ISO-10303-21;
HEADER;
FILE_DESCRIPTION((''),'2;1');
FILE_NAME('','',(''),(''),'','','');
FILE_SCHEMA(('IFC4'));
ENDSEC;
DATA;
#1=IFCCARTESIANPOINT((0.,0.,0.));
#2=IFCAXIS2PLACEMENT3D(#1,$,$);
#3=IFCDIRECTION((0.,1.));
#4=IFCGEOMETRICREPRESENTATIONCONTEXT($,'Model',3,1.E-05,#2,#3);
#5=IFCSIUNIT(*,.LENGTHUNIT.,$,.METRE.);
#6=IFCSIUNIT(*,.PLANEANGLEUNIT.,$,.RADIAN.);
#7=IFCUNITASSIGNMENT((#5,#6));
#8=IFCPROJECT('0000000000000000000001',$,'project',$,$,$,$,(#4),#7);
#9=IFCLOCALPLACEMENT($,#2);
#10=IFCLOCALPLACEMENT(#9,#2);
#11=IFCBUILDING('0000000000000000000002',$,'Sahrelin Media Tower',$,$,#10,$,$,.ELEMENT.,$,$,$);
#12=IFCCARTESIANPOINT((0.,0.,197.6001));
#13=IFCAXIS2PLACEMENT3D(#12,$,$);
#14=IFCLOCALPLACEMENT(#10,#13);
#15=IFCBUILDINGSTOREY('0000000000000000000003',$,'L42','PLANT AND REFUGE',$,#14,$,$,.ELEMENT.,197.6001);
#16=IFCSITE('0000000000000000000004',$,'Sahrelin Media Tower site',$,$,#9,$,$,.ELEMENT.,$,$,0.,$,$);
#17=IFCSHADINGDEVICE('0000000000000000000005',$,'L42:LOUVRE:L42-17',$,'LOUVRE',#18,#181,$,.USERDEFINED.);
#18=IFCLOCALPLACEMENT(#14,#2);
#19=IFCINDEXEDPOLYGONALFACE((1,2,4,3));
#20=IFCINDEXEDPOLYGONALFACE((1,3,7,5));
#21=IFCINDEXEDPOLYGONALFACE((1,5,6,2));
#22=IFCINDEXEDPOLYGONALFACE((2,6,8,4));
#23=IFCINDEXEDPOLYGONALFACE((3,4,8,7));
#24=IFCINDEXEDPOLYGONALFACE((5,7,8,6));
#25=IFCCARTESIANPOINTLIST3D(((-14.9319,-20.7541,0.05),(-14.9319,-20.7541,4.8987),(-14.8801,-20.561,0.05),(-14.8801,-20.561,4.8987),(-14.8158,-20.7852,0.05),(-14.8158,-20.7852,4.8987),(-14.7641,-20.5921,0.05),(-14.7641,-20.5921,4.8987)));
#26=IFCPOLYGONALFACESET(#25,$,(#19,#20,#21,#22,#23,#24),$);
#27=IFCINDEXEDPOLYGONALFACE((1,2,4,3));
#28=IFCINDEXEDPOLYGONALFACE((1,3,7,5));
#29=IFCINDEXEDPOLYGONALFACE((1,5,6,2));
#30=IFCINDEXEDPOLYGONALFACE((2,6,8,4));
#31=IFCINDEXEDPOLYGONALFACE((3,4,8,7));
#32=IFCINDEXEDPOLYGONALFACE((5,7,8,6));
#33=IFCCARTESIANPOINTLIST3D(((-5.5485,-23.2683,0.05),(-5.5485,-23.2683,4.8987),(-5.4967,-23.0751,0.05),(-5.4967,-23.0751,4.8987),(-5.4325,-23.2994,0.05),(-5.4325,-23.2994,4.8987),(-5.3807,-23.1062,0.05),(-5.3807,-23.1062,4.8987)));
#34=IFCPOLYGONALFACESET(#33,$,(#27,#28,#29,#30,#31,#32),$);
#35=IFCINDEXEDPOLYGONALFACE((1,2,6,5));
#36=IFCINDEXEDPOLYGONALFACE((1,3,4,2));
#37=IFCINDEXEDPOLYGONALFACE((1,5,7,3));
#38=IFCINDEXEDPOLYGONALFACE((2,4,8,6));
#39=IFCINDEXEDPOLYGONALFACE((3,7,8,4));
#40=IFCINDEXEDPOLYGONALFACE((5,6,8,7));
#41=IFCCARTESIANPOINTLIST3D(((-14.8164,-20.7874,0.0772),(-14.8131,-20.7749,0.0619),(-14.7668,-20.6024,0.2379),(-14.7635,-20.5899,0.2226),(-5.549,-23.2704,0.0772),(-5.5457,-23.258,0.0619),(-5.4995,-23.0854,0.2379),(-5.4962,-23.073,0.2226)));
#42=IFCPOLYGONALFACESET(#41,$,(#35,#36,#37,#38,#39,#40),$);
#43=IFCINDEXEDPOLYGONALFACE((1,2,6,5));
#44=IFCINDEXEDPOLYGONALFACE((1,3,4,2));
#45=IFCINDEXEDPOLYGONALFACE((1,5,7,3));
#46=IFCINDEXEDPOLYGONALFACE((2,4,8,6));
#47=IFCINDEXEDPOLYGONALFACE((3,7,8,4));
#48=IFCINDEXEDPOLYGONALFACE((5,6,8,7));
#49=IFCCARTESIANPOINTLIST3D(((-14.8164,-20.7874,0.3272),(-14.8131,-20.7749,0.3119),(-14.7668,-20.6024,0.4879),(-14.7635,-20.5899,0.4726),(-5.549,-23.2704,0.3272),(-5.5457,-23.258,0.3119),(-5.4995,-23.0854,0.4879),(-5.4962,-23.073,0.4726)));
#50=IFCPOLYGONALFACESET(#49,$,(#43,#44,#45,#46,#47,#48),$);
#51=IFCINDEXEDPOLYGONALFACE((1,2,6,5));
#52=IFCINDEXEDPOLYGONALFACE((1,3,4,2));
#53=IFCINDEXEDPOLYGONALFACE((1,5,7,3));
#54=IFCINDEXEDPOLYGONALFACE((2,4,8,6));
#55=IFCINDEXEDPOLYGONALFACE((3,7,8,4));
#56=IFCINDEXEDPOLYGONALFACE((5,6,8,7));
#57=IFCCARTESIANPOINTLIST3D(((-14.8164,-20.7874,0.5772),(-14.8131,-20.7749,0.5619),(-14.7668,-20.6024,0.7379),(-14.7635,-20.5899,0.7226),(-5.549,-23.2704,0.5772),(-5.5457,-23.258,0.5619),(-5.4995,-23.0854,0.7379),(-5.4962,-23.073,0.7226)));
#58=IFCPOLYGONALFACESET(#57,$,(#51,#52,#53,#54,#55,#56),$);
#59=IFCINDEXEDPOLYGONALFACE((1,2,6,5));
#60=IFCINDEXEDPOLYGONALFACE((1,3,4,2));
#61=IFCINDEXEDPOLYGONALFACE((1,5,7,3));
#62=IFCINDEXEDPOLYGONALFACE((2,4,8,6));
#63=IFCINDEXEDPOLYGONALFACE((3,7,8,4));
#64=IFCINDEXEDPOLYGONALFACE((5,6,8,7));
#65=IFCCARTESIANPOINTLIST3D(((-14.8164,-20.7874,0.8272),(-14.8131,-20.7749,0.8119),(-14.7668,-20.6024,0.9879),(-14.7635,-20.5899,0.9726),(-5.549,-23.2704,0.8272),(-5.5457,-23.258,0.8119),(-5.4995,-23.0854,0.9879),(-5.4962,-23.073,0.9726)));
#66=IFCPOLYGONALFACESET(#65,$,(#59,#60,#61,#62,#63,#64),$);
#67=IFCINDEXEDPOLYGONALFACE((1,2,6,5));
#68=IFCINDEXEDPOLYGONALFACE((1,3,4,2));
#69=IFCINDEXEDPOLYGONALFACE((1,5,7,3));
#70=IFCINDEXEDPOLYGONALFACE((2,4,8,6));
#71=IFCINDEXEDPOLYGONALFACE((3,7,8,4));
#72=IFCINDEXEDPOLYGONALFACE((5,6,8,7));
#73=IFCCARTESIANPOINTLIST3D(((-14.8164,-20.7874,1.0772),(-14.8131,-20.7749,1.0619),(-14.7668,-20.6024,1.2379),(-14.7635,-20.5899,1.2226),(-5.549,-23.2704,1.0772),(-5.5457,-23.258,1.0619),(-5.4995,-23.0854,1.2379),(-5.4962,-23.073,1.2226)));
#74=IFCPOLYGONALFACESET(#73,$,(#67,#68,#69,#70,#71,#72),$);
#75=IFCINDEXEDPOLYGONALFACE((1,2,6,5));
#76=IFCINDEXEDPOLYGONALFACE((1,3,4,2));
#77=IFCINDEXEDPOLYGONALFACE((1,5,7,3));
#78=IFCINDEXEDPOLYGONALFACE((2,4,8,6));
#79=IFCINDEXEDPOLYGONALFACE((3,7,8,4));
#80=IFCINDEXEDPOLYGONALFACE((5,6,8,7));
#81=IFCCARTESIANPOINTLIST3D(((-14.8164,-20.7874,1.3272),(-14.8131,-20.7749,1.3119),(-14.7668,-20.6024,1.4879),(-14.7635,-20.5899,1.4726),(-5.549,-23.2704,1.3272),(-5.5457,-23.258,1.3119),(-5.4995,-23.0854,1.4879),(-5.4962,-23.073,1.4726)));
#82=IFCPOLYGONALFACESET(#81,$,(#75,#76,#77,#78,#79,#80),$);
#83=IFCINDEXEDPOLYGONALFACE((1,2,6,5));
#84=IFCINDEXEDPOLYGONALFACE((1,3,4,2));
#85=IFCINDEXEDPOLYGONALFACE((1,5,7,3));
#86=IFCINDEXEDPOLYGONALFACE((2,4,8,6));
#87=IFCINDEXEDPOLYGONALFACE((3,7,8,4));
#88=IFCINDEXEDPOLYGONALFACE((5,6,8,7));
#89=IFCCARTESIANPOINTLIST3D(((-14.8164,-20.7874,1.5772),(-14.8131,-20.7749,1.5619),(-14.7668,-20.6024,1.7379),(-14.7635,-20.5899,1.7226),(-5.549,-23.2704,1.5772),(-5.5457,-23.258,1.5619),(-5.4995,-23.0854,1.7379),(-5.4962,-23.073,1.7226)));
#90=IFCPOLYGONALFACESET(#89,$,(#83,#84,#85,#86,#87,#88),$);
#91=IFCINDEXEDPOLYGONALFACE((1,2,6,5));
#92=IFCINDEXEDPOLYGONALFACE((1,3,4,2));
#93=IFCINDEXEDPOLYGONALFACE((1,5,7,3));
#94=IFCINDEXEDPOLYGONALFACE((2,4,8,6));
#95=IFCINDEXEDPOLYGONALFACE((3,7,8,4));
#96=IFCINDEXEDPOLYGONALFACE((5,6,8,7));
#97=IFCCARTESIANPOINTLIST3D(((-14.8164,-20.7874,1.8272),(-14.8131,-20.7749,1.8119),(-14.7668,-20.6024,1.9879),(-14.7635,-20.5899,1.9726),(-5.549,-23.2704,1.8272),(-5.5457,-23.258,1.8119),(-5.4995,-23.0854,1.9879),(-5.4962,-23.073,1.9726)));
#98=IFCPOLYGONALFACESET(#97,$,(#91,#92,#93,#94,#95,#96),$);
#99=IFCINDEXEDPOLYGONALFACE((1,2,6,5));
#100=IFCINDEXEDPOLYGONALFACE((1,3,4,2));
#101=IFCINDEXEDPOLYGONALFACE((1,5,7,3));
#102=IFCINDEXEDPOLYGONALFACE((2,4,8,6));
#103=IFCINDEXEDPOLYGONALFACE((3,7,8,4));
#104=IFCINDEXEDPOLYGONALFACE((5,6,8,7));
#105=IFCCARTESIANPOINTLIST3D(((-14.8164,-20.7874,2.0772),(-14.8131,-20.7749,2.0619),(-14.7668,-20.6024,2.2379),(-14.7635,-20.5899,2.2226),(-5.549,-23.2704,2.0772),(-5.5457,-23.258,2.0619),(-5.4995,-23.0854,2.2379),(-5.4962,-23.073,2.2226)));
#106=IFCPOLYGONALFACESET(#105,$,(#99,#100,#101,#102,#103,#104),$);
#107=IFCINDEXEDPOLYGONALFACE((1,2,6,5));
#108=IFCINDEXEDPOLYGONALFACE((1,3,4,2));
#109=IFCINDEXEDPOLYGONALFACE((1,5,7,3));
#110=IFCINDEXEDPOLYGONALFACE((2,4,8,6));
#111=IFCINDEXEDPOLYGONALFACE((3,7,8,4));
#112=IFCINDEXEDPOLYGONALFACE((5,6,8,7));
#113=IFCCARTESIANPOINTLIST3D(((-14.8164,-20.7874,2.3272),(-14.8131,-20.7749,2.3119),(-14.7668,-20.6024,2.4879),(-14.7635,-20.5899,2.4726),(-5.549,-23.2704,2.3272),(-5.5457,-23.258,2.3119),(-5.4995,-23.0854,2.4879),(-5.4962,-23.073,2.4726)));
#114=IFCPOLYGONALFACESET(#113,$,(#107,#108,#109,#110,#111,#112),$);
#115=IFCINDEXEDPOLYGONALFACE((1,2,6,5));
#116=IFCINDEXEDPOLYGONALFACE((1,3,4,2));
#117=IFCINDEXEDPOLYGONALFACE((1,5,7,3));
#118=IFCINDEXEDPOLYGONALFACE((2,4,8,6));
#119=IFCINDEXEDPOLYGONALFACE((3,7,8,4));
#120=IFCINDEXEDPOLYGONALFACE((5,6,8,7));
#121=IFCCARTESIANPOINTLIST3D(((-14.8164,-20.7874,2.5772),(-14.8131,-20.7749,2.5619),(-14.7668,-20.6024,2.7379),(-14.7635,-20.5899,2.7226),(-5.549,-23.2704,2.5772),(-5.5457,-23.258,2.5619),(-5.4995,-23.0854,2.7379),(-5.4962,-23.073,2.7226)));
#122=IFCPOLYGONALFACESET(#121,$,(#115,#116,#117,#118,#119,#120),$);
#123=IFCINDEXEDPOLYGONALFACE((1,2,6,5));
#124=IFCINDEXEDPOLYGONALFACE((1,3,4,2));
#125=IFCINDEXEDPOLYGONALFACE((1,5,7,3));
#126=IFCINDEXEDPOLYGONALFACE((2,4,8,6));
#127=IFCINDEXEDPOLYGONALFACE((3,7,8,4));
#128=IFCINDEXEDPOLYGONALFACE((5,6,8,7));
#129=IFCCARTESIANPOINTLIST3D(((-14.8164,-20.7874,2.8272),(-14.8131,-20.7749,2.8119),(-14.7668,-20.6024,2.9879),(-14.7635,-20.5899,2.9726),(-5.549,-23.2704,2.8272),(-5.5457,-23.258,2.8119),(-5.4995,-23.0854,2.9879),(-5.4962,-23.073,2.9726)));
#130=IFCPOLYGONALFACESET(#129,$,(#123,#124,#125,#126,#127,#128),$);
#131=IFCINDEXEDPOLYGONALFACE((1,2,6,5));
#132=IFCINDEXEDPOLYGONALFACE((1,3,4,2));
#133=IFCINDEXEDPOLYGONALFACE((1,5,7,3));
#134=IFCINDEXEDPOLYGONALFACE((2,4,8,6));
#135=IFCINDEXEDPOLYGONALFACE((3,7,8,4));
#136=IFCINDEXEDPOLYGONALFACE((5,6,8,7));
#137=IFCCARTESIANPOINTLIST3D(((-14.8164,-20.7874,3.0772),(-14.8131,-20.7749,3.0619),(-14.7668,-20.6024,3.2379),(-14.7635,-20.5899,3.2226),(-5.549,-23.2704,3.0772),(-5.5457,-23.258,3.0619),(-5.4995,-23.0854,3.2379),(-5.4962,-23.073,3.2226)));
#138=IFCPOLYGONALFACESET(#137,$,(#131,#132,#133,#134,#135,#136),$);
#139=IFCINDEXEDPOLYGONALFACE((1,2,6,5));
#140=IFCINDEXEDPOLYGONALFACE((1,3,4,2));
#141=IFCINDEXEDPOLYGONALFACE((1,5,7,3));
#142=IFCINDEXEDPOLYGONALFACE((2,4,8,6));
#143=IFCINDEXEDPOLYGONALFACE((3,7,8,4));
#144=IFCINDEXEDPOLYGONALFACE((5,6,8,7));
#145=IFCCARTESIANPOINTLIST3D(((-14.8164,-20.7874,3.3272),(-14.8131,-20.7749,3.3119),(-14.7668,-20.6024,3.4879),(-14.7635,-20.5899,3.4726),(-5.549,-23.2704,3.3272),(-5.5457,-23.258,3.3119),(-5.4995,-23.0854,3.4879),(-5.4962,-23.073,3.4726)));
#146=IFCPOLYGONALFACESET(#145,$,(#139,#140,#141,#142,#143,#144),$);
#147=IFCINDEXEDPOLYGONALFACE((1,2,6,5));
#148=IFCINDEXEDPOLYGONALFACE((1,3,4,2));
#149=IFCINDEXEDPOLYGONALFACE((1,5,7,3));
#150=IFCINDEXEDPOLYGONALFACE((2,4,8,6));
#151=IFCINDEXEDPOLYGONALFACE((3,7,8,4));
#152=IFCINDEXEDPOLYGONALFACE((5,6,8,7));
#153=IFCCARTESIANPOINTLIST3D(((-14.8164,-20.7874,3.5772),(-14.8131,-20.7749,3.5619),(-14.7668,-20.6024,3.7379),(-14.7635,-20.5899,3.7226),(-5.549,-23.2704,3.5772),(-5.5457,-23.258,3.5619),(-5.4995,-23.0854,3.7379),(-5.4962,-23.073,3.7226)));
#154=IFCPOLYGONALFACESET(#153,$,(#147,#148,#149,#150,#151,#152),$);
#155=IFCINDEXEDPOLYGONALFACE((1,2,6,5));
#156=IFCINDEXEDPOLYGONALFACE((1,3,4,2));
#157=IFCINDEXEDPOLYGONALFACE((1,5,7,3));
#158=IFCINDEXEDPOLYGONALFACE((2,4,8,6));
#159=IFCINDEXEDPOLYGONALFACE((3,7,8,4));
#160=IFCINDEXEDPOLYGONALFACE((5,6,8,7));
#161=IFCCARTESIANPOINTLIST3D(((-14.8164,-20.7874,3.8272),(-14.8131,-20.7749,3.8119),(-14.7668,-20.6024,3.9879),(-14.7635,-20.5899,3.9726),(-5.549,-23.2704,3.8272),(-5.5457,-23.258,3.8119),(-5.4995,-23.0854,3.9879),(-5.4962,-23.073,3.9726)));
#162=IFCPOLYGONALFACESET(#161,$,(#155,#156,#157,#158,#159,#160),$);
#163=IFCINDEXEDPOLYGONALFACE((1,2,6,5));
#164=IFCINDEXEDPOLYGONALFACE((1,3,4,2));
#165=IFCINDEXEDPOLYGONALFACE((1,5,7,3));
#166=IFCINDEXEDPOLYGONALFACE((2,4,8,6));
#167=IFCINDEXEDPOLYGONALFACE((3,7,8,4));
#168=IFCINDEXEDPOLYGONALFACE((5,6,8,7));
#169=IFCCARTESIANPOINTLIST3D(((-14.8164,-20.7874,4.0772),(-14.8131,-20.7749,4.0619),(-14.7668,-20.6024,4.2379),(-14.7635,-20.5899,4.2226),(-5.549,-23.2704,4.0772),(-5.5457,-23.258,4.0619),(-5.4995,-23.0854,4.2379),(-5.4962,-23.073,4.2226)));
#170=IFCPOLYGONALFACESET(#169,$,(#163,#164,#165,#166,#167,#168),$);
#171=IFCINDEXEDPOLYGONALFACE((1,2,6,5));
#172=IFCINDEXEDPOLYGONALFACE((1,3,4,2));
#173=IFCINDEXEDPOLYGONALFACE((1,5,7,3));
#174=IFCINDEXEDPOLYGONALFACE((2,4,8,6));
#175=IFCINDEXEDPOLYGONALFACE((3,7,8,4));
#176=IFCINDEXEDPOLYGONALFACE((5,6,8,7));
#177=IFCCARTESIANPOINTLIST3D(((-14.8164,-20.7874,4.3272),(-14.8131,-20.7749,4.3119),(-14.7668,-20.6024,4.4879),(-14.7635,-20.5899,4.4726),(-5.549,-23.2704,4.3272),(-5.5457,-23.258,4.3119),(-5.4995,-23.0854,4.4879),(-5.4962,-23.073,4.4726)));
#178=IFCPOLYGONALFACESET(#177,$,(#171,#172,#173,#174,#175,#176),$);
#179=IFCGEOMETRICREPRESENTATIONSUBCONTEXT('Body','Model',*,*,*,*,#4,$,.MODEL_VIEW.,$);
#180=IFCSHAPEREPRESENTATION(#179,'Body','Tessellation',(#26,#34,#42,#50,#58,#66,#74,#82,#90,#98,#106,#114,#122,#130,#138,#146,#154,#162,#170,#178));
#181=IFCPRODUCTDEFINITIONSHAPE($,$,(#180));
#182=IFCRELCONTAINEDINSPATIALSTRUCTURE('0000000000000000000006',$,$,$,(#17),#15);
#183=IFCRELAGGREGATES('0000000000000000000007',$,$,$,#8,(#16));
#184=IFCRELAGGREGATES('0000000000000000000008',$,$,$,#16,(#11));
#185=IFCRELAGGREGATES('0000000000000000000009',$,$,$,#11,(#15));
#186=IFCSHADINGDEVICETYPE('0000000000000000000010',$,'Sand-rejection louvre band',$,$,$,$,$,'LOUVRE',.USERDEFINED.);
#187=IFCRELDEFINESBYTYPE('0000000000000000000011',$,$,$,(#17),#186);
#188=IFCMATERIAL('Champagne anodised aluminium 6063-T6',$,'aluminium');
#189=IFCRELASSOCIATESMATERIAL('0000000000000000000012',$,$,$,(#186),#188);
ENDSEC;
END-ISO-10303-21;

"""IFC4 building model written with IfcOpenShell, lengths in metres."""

from ifc_helpers import new_model, si_unit, direction, frame, origin, origin_2d, place, context, subcontext, project, spatial, rectangle, extrude, material, type_object, element, save


model = new_model("IFC4")

# Units and contexts
model_context = context("Model", 3, precision=1e-05, world=origin(), true_north=direction((0.0, 1.0)))
body_context = subcontext(model_context, "Body", "Model", "MODEL_VIEW")
ifc_project = project(units=[si_unit("LENGTHUNIT", "METRE"), si_unit("PLANEANGLEUNIT", "RADIAN")], contexts=[model_context])

# Site, building, storey
site_placement = place(None, origin())
site = spatial("IfcSite", under=ifc_project, at=site_placement, Name="Sahrelin Media Tower site", CompositionType="ELEMENT", RefElevation=0.0)
building_placement = place(site_placement, origin())
building = spatial("IfcBuilding", under=site, at=building_placement, Name="Sahrelin Media Tower", CompositionType="ELEMENT")
storey_placement = place(building_placement, frame((0.0, 0.0, 197.6001)))
storey = spatial("IfcBuildingStorey", under=building, at=storey_placement, Name="L42", Description="PLANT AND REFUGE", CompositionType="ELEMENT", Elevation=197.6001)

# Shading device
ifc_material_1 = material(Name="Champagne anodised aluminium 6063-T6", Category="aluminium")
shading_device_type = type_object("IfcShadingDeviceType", Name="Sand-rejection louvre band", ElementType="LOUVRE", PredefinedType="USERDEFINED", material=ifc_material_1)
shading_device_1_placement = place(storey_placement, frame((-10.1304, -21.8335, 0.0), z_axis=(0.0, 0.0, 1.0), x_axis=(-0.965929, 0.258808, 0.0)))
element("IfcShadingDevice", 1, at=shading_device_1_placement, inside=storey, type_object=shading_device_type, Name="L42:LOUVRE:L42-17", ObjectType="LOUVRE", PredefinedType="USERDEFINED", context=body_context, shape_type="SweptSolid", body=[
    extrude(rectangle(XDim=0.1201, YDim=0.2, at=origin_2d()), frame((4.8572, 0.1001, 0.05), z_axis=(0.0, 0.0, 1.0), x_axis=(1.0, 0.0, 0.0)), (0.0, 0.0, 1.0), 4.8486),
    extrude(rectangle(XDim=0.1201, YDim=0.2, at=origin_2d()), frame((-4.8572, 0.1001, 0.05), z_axis=(0.0, 0.0, 1.0), x_axis=(1.0, 0.0, 0.0)), (0.0, 0.0, 1.0), 4.8486),
    extrude(rectangle(XDim=0.25, YDim=0.02, at=origin_2d()), frame((4.7971, 0.1001, 0.1499), z_axis=(-1.0, 0.0, 0.0), x_axis=(0.0, -0.766044, 0.642788)), (0.0, 0.0, 1.0), 9.5942),
    extrude(rectangle(XDim=0.25, YDim=0.02, at=origin_2d()), frame((4.7971, 0.1001, 0.3999), z_axis=(-1.0, 0.0, 0.0), x_axis=(0.0, -0.766044, 0.642788)), (0.0, 0.0, 1.0), 9.5942),
    extrude(rectangle(XDim=0.25, YDim=0.02, at=origin_2d()), frame((4.7971, 0.1001, 0.6499), z_axis=(-1.0, 0.0, 0.0), x_axis=(0.0, -0.766044, 0.642788)), (0.0, 0.0, 1.0), 9.5942),
    extrude(rectangle(XDim=0.25, YDim=0.02, at=origin_2d()), frame((4.7971, 0.1001, 0.8999), z_axis=(-1.0, 0.0, 0.0), x_axis=(0.0, -0.766044, 0.642788)), (0.0, 0.0, 1.0), 9.5942),
    extrude(rectangle(XDim=0.25, YDim=0.02, at=origin_2d()), frame((4.7971, 0.1001, 1.1499), z_axis=(-1.0, 0.0, 0.0), x_axis=(0.0, -0.766044, 0.642788)), (0.0, 0.0, 1.0), 9.5942),
    extrude(rectangle(XDim=0.25, YDim=0.02, at=origin_2d()), frame((4.7971, 0.1001, 1.3999), z_axis=(-1.0, 0.0, 0.0), x_axis=(0.0, -0.766044, 0.642788)), (0.0, 0.0, 1.0), 9.5942),
    extrude(rectangle(XDim=0.25, YDim=0.02, at=origin_2d()), frame((4.7971, 0.1001, 1.6499), z_axis=(-1.0, 0.0, 0.0), x_axis=(0.0, -0.766044, 0.642788)), (0.0, 0.0, 1.0), 9.5942),
    extrude(rectangle(XDim=0.25, YDim=0.02, at=origin_2d()), frame((4.7971, 0.1001, 1.8999), z_axis=(-1.0, 0.0, 0.0), x_axis=(0.0, -0.766044, 0.642788)), (0.0, 0.0, 1.0), 9.5942),
    extrude(rectangle(XDim=0.25, YDim=0.02, at=origin_2d()), frame((4.7971, 0.1001, 2.1499), z_axis=(-1.0, 0.0, 0.0), x_axis=(0.0, -0.766044, 0.642788)), (0.0, 0.0, 1.0), 9.5942),
    extrude(rectangle(XDim=0.25, YDim=0.02, at=origin_2d()), frame((4.7971, 0.1001, 2.3999), z_axis=(-1.0, 0.0, 0.0), x_axis=(0.0, -0.766044, 0.642788)), (0.0, 0.0, 1.0), 9.5942),
    extrude(rectangle(XDim=0.25, YDim=0.02, at=origin_2d()), frame((4.7971, 0.1001, 2.6499), z_axis=(-1.0, 0.0, 0.0), x_axis=(0.0, -0.766044, 0.642788)), (0.0, 0.0, 1.0), 9.5942),
    extrude(rectangle(XDim=0.25, YDim=0.02, at=origin_2d()), frame((4.7971, 0.1001, 2.8999), z_axis=(-1.0, 0.0, 0.0), x_axis=(0.0, -0.766044, 0.642788)), (0.0, 0.0, 1.0), 9.5942),
    extrude(rectangle(XDim=0.25, YDim=0.02, at=origin_2d()), frame((4.7971, 0.1001, 3.1499), z_axis=(-1.0, 0.0, 0.0), x_axis=(0.0, -0.766044, 0.642788)), (0.0, 0.0, 1.0), 9.5942),
    extrude(rectangle(XDim=0.25, YDim=0.02, at=origin_2d()), frame((4.7971, 0.1001, 3.3999), z_axis=(-1.0, 0.0, 0.0), x_axis=(0.0, -0.766044, 0.642788)), (0.0, 0.0, 1.0), 9.5942),
    extrude(rectangle(XDim=0.25, YDim=0.02, at=origin_2d()), frame((4.7971, 0.1001, 3.6499), z_axis=(-1.0, 0.0, 0.0), x_axis=(0.0, -0.766044, 0.642788)), (0.0, 0.0, 1.0), 9.5942),
    extrude(rectangle(XDim=0.25, YDim=0.02, at=origin_2d()), frame((4.7971, 0.1001, 3.8999), z_axis=(-1.0, 0.0, 0.0), x_axis=(0.0, -0.766044, 0.642788)), (0.0, 0.0, 1.0), 9.5942),
    extrude(rectangle(XDim=0.25, YDim=0.02, at=origin_2d()), frame((4.7971, 0.1001, 4.1499), z_axis=(-1.0, 0.0, 0.0), x_axis=(0.0, -0.766044, 0.642788)), (0.0, 0.0, 1.0), 9.5942),
    extrude(rectangle(XDim=0.25, YDim=0.02, at=origin_2d()), frame((4.7971, 0.1001, 4.3999), z_axis=(-1.0, 0.0, 0.0), x_axis=(0.0, -0.766044, 0.642788)), (0.0, 0.0, 1.0), 9.5942),
])

save(model, "model.ifc")
